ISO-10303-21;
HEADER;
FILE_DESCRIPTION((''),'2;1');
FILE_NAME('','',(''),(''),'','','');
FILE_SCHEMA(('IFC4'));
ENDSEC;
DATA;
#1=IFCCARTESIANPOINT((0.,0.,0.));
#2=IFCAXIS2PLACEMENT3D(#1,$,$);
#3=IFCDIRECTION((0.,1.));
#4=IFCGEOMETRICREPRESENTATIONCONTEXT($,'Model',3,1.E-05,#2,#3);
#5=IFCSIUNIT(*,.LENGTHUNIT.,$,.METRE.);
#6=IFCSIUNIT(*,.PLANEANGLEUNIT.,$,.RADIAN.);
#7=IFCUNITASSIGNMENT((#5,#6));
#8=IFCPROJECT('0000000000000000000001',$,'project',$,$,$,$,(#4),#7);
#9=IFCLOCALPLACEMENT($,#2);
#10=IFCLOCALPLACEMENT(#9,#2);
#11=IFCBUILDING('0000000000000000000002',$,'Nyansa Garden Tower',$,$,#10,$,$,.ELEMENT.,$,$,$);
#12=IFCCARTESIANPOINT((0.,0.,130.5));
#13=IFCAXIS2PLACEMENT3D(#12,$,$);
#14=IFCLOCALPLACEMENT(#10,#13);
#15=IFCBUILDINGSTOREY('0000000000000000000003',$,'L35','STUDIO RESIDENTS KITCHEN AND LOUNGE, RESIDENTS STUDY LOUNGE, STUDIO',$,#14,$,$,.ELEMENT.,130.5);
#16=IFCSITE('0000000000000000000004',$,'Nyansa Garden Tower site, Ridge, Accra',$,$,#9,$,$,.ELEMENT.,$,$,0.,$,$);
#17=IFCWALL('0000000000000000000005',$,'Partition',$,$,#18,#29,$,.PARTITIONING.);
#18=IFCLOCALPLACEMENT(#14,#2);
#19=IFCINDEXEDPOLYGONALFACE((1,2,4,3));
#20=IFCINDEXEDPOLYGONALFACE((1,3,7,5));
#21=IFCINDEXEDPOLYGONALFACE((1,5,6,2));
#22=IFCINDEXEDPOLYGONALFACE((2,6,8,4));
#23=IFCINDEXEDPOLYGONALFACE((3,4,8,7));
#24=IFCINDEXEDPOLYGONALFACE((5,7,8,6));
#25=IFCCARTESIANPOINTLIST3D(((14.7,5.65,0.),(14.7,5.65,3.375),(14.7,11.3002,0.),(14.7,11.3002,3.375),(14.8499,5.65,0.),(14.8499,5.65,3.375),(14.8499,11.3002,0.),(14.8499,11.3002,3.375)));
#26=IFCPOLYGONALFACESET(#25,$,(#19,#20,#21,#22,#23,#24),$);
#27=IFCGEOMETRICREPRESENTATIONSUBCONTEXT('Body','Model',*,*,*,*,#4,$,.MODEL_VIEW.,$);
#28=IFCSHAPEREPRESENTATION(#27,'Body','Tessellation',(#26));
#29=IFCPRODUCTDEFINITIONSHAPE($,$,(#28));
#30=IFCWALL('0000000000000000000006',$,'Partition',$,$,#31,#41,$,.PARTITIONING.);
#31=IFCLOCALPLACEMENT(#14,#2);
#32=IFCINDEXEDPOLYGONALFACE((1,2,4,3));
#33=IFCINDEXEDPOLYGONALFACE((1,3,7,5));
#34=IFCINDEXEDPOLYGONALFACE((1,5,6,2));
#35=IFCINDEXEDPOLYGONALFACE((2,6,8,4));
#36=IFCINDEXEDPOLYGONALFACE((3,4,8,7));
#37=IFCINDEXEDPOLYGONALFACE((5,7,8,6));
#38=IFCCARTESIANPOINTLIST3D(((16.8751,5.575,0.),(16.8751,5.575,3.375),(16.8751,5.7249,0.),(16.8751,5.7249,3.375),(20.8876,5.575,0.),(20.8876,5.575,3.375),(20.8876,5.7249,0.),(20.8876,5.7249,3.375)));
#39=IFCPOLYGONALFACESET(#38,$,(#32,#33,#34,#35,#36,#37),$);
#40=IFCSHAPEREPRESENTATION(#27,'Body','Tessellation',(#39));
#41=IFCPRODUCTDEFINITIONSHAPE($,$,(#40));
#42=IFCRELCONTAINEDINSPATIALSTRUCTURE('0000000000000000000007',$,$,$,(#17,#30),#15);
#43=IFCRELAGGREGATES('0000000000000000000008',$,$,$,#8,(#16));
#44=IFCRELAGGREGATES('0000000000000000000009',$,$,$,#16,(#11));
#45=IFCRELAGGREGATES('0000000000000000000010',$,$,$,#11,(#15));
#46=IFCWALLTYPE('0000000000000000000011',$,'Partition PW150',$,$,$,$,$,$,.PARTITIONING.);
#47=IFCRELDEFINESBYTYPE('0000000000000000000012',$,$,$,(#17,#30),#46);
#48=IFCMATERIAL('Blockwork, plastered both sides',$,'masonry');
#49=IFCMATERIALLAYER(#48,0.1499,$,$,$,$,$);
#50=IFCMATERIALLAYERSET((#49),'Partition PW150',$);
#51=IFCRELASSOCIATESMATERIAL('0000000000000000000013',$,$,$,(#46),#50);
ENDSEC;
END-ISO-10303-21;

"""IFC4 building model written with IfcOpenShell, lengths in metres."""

from ifc_helpers import new_model, si_unit, direction, frame, frame_2d, origin, place, context, subcontext, project, spatial, rectangle, extrude, material, layer, layer_set, type_object, element, save


model = new_model("IFC4")

# Units and contexts
model_context = context("Model", 3, precision=1e-05, world=origin(), true_north=direction((0.0, 1.0)))
body_context = subcontext(model_context, "Body", "Model", "MODEL_VIEW")
ifc_project = project(units=[si_unit("LENGTHUNIT", "METRE"), si_unit("PLANEANGLEUNIT", "RADIAN")], contexts=[model_context])

# Site, building, storey
site_placement = place(None, origin())
site = spatial("IfcSite", under=ifc_project, at=site_placement, Name="Nyansa Garden Tower site, Ridge, Accra", CompositionType="ELEMENT", RefElevation=0.0)
building_placement = place(site_placement, origin())
building = spatial("IfcBuilding", under=site, at=building_placement, Name="Nyansa Garden Tower", CompositionType="ELEMENT")
storey_placement = place(building_placement, frame((0.0, 0.0, 130.5)))
storey = spatial("IfcBuildingStorey", under=building, at=storey_placement, Name="L35", Description="STUDIO RESIDENTS KITCHEN AND LOUNGE, RESIDENTS STUDY LOUNGE, STUDIO", CompositionType="ELEMENT", Elevation=130.5)

# Shared definitions
ifc_material_1 = material(Name="Blockwork, plastered both sides", Category="masonry")
ifc_layer = layer(ifc_material_1, 0.1499)
ifc_layer_set = layer_set([ifc_layer], Name="Partition PW150")
wall_type = type_object("IfcWallType", Name="Partition PW150", PredefinedType="PARTITIONING", material=ifc_layer_set)

# Walls
wall_1_placement = place(storey_placement, frame((14.7749, 5.6499, 0.0), z_axis=(0.0, 0.0, 1.0), x_axis=(0.0, 1.0, 0.0)))
element("IfcWall", 1, at=wall_1_placement, inside=storey, type_object=wall_type, Name="Partition", PredefinedType="PARTITIONING", context=body_context, shape_type="SweptSolid", body=[
    extrude(rectangle(XDim=5.6501, YDim=0.1499, at=frame_2d((2.8252, 0.0))), origin(), (0.0, 0.0, 1.0), 3.375),
])
wall_2_placement = place(storey_placement, frame((16.875, 5.6499, 0.0), z_axis=(0.0, 0.0, 1.0), x_axis=(1.0, 0.0, 0.0)))
element("IfcWall", 2, at=wall_2_placement, inside=storey, type_object=wall_type, Name="Partition", PredefinedType="PARTITIONING", context=body_context, shape_type="SweptSolid", body=[
    extrude(rectangle(XDim=4.0125, YDim=0.1499, at=frame_2d((2.0063, 0.0))), origin(), (0.0, 0.0, 1.0), 3.375),
])

save(model, "model.ifc")
